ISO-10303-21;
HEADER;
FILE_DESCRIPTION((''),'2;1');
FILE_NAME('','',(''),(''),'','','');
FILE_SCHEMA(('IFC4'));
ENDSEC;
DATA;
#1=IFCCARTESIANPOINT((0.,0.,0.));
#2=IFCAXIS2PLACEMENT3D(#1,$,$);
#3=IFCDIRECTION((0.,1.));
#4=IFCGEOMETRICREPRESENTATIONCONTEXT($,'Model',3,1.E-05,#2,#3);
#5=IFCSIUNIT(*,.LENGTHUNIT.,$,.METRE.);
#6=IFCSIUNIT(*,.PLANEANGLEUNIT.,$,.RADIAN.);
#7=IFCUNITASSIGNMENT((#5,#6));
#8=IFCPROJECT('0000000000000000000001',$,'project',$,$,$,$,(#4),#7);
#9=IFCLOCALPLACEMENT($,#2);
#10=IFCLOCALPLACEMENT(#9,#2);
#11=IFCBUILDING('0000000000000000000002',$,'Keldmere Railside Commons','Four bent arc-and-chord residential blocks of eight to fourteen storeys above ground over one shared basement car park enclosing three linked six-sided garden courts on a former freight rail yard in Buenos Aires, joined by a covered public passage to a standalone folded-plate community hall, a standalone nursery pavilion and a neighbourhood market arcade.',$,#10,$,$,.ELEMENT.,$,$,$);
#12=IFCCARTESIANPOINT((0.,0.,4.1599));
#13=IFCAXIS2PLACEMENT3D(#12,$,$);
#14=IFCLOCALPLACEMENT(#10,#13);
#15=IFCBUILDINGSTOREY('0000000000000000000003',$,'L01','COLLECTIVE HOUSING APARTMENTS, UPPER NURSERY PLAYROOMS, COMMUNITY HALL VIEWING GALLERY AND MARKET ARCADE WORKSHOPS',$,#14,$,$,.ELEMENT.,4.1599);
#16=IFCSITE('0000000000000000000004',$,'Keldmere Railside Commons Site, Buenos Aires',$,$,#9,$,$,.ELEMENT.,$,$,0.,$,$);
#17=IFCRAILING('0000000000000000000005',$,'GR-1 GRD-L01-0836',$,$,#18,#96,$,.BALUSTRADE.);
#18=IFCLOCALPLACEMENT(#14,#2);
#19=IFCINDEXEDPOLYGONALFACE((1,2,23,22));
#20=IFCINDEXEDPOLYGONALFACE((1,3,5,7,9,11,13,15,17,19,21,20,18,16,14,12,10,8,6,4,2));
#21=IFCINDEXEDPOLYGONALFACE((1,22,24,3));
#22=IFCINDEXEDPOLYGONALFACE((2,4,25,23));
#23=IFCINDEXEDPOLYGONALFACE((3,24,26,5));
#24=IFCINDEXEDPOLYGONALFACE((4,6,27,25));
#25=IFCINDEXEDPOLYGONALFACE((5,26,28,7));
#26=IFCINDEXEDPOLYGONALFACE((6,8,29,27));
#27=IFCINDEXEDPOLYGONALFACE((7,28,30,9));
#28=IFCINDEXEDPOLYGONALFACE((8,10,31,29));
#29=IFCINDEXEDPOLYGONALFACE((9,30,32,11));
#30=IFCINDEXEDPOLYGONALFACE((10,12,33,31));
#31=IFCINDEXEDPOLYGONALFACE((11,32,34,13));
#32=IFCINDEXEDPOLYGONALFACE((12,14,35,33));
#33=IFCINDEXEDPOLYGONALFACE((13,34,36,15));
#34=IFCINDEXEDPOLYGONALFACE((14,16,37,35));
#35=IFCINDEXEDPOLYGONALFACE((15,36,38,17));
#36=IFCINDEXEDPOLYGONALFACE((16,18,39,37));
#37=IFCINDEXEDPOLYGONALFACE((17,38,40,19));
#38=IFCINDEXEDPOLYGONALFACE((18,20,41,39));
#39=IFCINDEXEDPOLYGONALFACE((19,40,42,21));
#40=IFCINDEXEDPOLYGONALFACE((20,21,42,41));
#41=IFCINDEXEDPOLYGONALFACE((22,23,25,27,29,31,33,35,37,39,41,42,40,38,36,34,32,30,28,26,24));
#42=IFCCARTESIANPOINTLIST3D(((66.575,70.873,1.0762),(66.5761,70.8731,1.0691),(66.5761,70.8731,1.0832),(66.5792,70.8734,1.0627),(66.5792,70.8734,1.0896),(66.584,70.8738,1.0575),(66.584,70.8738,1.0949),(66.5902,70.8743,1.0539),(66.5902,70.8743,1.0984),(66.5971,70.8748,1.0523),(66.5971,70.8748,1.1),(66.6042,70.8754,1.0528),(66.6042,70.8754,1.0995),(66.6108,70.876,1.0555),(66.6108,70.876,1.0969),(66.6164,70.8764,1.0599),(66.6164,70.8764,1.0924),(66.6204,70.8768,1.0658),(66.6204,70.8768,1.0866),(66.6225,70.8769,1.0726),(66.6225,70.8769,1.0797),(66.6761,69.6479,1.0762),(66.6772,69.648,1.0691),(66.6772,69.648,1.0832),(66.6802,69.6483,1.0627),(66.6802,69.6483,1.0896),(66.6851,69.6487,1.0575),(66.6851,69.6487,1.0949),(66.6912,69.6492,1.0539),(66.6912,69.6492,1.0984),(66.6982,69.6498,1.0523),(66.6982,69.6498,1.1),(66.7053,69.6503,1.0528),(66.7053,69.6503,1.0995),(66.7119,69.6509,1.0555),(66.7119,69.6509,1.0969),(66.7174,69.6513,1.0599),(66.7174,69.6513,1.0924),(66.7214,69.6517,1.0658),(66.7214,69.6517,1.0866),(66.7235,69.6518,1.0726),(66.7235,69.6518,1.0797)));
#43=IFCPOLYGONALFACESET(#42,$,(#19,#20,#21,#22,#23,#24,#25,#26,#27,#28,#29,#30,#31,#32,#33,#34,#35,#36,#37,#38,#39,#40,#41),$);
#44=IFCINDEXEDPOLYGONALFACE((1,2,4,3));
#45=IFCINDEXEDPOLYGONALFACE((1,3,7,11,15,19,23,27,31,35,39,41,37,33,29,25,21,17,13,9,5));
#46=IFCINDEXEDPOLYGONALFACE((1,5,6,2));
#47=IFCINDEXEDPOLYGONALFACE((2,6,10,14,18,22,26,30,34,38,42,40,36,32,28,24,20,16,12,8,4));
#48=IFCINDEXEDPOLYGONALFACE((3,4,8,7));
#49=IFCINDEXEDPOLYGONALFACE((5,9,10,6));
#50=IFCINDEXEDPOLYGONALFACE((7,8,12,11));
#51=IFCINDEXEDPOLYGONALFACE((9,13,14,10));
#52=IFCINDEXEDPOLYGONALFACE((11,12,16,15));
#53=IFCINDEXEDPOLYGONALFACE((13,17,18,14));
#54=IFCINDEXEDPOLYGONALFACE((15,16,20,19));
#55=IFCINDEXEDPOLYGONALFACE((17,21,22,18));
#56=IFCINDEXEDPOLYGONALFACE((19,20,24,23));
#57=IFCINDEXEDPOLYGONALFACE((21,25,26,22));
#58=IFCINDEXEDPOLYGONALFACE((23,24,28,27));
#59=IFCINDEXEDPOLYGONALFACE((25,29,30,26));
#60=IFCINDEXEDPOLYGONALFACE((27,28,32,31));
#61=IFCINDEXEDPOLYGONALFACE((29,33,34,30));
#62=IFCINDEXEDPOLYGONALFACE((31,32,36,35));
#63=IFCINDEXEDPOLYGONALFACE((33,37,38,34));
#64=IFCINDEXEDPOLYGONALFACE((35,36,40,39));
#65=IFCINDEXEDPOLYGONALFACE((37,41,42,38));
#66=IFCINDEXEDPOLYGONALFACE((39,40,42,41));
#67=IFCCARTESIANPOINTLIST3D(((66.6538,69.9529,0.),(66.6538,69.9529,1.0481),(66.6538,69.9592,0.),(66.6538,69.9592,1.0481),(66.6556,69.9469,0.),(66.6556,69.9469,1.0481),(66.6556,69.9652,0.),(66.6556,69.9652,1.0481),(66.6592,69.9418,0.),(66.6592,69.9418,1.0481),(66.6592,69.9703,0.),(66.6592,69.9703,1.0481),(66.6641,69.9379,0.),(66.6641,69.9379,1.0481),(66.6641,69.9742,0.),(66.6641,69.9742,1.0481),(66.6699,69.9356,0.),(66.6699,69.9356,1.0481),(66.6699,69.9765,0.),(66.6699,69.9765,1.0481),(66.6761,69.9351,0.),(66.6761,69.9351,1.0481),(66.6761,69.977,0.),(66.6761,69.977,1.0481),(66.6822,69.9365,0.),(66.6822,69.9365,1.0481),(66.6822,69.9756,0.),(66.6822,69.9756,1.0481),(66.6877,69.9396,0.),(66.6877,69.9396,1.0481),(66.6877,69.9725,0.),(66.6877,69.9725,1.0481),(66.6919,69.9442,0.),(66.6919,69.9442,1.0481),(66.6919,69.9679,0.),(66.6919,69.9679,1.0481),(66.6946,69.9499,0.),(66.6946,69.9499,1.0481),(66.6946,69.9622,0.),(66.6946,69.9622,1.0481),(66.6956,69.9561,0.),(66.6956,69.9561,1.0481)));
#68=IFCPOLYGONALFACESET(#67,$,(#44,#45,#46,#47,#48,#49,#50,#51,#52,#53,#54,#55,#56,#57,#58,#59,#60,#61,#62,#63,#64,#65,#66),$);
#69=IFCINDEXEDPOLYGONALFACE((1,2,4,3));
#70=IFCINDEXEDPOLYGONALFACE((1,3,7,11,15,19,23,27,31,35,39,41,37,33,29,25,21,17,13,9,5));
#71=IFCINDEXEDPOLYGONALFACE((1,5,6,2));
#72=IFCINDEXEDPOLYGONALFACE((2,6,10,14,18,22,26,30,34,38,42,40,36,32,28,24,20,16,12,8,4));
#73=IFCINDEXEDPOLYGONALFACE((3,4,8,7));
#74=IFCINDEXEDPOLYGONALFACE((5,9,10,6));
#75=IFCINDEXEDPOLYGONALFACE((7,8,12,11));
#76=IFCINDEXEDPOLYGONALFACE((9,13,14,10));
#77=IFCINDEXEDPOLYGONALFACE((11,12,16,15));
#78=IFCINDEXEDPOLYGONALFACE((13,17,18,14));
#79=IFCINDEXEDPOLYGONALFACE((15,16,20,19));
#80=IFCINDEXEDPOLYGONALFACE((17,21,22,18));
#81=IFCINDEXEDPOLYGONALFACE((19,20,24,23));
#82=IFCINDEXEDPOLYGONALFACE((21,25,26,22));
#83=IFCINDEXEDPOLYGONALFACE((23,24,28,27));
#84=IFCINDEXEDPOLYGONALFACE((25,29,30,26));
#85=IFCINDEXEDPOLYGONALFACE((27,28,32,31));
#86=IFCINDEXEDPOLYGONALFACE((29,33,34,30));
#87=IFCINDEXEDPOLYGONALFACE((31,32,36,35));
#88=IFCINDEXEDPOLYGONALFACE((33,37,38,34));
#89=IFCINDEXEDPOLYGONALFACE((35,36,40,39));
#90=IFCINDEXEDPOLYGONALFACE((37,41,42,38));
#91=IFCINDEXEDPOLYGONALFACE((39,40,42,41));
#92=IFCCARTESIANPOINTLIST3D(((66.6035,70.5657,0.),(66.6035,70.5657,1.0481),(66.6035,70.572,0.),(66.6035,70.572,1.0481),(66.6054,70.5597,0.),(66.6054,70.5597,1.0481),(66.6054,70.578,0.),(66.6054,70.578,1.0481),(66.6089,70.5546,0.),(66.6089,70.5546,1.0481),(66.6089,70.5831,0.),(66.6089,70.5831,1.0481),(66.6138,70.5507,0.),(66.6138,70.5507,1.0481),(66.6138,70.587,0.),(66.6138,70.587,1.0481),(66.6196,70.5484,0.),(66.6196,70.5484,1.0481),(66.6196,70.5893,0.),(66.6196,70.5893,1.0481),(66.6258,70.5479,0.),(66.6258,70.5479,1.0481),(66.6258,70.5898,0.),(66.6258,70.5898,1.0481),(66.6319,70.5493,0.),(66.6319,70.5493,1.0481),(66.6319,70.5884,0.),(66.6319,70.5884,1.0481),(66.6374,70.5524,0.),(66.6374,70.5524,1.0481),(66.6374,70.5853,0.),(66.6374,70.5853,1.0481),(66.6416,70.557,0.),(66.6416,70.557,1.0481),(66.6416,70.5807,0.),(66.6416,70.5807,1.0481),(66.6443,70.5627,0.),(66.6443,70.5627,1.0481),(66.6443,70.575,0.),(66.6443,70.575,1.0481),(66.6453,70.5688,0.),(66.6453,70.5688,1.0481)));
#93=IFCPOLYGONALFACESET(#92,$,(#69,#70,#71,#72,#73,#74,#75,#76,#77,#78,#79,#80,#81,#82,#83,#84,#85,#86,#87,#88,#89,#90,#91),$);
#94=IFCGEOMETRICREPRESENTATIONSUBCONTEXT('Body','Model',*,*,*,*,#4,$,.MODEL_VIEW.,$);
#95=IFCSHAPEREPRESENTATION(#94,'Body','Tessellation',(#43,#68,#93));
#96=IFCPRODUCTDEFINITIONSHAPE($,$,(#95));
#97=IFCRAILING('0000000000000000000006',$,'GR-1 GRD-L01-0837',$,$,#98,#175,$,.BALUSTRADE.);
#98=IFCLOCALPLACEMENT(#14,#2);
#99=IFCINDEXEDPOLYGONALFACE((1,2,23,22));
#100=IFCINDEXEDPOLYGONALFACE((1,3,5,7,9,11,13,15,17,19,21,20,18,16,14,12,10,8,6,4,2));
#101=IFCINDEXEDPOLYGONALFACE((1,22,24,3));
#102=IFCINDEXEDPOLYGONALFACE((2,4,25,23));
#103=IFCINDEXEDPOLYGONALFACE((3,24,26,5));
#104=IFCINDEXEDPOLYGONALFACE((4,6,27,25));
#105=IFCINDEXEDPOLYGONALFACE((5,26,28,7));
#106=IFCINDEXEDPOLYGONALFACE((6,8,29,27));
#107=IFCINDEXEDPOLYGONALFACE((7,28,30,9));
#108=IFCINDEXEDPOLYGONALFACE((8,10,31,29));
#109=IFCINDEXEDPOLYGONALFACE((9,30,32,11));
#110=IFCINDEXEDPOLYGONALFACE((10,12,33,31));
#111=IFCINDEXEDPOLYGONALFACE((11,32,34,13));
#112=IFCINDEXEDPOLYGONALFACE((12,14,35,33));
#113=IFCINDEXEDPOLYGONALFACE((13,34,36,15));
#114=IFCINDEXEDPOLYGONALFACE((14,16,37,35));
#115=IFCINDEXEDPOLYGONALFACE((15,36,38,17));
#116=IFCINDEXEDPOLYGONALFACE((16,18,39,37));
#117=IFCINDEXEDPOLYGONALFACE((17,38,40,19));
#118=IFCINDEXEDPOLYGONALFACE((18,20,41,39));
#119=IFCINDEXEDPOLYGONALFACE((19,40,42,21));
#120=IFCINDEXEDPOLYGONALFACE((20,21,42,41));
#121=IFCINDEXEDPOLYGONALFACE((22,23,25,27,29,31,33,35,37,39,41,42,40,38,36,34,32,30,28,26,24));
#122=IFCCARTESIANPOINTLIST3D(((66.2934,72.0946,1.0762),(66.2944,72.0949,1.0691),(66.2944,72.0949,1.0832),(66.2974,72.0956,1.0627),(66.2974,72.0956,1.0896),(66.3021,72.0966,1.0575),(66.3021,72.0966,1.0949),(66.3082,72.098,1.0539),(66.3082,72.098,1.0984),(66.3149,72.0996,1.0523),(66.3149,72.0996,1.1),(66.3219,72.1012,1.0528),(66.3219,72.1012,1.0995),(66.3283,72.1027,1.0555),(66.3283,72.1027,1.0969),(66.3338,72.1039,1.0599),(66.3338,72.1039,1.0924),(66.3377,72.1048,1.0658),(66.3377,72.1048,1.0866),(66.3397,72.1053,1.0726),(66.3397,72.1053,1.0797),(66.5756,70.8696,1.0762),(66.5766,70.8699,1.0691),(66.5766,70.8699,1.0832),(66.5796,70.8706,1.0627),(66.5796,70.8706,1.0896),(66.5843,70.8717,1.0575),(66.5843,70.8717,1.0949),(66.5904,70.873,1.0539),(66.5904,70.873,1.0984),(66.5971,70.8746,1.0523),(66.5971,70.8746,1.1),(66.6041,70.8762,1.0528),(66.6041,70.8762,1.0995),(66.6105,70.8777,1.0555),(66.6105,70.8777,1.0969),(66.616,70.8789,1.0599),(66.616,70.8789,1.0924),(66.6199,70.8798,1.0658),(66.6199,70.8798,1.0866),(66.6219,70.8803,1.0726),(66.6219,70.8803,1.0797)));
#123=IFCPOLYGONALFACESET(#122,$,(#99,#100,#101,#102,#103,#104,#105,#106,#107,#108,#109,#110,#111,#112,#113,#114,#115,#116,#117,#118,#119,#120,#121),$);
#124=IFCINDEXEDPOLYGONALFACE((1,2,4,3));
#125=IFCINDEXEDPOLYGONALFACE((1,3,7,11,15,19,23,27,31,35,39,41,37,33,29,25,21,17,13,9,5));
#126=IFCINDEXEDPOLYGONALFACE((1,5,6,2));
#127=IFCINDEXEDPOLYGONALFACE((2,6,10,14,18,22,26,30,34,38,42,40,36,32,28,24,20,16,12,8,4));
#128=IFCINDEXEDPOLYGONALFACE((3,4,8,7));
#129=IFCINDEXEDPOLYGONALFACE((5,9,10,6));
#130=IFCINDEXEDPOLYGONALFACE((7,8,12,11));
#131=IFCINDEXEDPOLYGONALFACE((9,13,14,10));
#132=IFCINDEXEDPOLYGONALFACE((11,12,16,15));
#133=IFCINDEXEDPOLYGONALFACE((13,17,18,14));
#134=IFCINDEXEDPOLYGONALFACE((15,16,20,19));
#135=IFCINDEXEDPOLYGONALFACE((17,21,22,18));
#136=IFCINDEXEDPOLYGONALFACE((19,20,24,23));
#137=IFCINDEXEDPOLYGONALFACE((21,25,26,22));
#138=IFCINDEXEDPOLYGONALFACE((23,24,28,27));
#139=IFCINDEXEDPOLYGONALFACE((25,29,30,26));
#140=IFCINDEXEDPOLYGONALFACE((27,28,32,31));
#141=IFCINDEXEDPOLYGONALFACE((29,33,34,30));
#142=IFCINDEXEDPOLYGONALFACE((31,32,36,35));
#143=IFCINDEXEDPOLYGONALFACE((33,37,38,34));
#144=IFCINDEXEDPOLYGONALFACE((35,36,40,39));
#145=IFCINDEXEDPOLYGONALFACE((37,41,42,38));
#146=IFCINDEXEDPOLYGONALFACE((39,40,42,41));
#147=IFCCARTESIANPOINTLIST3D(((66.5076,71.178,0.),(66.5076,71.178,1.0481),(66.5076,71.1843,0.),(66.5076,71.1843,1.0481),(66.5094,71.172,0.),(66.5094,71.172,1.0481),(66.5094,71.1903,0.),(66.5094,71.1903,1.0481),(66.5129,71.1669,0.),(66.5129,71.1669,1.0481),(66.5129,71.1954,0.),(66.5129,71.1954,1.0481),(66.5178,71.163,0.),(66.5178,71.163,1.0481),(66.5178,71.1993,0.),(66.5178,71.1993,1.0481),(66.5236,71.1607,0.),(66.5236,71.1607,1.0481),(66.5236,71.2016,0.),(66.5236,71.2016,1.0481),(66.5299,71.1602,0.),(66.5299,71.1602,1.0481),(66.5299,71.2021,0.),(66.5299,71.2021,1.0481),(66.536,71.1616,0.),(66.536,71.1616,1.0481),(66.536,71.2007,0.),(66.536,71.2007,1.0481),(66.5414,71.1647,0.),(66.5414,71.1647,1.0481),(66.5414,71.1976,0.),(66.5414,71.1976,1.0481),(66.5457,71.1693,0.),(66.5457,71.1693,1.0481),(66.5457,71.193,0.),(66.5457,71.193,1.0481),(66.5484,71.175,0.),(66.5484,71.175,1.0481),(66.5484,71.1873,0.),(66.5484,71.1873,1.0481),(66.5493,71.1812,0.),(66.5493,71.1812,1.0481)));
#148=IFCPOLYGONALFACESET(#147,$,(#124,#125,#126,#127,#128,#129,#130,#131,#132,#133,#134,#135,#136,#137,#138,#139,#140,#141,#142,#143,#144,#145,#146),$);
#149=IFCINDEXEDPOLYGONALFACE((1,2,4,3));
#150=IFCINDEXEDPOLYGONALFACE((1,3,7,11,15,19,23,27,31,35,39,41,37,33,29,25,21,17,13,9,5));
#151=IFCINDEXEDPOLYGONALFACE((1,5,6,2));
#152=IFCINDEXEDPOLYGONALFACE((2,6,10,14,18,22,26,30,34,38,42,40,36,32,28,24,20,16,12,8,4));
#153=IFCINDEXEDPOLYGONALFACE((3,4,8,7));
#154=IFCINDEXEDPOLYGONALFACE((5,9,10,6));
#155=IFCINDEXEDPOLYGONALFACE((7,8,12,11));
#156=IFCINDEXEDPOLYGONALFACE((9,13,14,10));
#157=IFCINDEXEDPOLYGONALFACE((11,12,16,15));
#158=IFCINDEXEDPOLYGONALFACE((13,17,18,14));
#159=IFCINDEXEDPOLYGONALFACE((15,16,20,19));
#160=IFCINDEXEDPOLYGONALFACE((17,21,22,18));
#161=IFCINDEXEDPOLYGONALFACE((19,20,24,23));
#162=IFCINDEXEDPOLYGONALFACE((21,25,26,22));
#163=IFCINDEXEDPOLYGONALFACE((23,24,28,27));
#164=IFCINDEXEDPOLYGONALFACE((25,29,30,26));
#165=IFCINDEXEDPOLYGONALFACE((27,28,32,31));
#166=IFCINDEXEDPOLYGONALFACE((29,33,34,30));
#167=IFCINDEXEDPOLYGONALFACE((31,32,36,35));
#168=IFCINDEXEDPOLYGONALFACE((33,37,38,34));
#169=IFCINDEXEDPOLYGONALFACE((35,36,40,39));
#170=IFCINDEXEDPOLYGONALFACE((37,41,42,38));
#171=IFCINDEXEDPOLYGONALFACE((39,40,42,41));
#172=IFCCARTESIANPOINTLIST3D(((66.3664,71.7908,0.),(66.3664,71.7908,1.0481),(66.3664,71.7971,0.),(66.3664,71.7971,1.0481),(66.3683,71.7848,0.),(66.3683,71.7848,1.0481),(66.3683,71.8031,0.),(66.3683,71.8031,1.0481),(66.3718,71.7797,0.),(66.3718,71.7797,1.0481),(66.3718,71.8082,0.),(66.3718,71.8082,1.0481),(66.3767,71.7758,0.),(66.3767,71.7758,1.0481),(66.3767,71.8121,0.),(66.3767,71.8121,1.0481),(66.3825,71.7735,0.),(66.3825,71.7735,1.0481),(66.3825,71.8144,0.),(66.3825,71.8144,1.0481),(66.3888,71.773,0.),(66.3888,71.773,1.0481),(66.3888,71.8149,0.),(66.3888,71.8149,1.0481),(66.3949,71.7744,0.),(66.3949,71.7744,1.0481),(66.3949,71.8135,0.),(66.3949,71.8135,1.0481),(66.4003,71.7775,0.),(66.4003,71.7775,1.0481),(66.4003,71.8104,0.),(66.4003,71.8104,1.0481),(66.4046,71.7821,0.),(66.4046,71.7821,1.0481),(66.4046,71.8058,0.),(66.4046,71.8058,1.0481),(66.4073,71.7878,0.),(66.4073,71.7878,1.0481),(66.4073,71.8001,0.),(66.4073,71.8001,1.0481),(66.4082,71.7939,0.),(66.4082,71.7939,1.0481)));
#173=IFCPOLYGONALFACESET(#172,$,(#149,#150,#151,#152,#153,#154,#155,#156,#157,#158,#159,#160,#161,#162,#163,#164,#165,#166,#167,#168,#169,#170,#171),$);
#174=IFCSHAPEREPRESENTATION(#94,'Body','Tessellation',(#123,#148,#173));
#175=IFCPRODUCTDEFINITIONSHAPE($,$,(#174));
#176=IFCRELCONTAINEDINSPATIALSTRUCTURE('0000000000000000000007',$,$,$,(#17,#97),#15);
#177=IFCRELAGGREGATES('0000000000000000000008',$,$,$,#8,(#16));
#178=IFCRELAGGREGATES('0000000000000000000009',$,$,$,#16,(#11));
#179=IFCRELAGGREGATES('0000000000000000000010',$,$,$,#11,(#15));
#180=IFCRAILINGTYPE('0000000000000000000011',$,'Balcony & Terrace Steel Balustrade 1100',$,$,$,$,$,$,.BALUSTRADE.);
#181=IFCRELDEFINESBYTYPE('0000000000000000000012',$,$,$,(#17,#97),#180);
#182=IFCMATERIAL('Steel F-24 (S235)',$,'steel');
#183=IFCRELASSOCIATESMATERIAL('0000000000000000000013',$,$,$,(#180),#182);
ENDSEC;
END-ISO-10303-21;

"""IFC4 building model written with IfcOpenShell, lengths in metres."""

from ifc_helpers import new_model, si_unit, direction, frame, origin, origin_2d, place, context, subcontext, project, spatial, circle, extrude, material, type_object, element, save


model = new_model("IFC4")

# Units and contexts
model_context = context("Model", 3, precision=1e-05, world=origin(), true_north=direction((0.0, 1.0)))
body_context = subcontext(model_context, "Body", "Model", "MODEL_VIEW")
ifc_project = project(units=[si_unit("LENGTHUNIT", "METRE"), si_unit("PLANEANGLEUNIT", "RADIAN")], contexts=[model_context])

# Site, building, storey
site_placement = place(None, origin())
site = spatial("IfcSite", under=ifc_project, at=site_placement, Name="Keldmere Railside Commons Site, Buenos Aires", CompositionType="ELEMENT", RefElevation=0.0)
building_placement = place(site_placement, origin())
building = spatial("IfcBuilding", under=site, at=building_placement, Name="Keldmere Railside Commons", Description="Four bent arc-and-chord residential blocks of eight to fourteen storeys above ground over one shared basement car park enclosing three linked six-sided garden courts on a former freight rail yard in Buenos Aires, joined by a covered public passage to a standalone folded-plate community hall, a standalone nursery pavilion and a neighbourhood market arcade.", CompositionType="ELEMENT")
storey_placement = place(building_placement, frame((0.0, 0.0, 4.1599)))
storey = spatial("IfcBuildingStorey", under=building, at=storey_placement, Name="L01", Description="COLLECTIVE HOUSING APARTMENTS, UPPER NURSERY PLAYROOMS, COMMUNITY HALL VIEWING GALLERY AND MARKET ARCADE WORKSHOPS", CompositionType="ELEMENT", Elevation=4.1599)

# Railings
ifc_material_1 = material(Name="Steel F-24 (S235)", Category="steel")
railing_type = type_object("IfcRailingType", Name="Balcony & Terrace Steel Balustrade 1100", PredefinedType="BALUSTRADE", material=ifc_material_1)
railing_1_placement = place(storey_placement, frame((66.7, 69.6499, 0.0)))
element("IfcRailing", 1, at=railing_1_placement, inside=storey, type_object=railing_type, Name="GR-1 GRD-L01-0836", PredefinedType="BALUSTRADE", context=body_context, shape_type="SweptSolid", body=[
    extrude(circle(Radius=0.0239, at=origin_2d()), frame((0.0, 0.0, 1.0762), z_axis=(-0.082224, 0.996614, 0.0), x_axis=(-0.996614, -0.082224, 0.0)), (0.0, 0.0, 1.0), 1.2292),
    extrude(circle(Radius=0.021, at=origin_2d()), frame((-0.0254, 0.3062, 0.0)), (0.0, 0.0, 1.0), 1.0481),
    extrude(circle(Radius=0.021, at=origin_2d()), frame((-0.0757, 0.9189, 0.0)), (0.0, 0.0, 1.0), 1.0481),
])
railing_2_placement = place(storey_placement, frame((66.5989, 70.875, 0.0)))
element("IfcRailing", 2, at=railing_2_placement, inside=storey, type_object=railing_type, Name="GR-1 GRD-L01-0837", PredefinedType="BALUSTRADE", context=body_context, shape_type="SweptSolid", body=[
    extrude(circle(Radius=0.0239, at=origin_2d()), frame((0.0, 0.0, 1.0762), z_axis=(-0.224491, 0.974476, 0.0), x_axis=(-0.974476, -0.224491, 0.0)), (0.0, 0.0, 1.0), 1.2571),
    extrude(circle(Radius=0.021, at=origin_2d()), frame((-0.0706, 0.3062, 0.0)), (0.0, 0.0, 1.0), 1.0481),
    extrude(circle(Radius=0.021, at=origin_2d()), frame((-0.2117, 0.9189, 0.0)), (0.0, 0.0, 1.0), 1.0481),
])

save(model, "model.ifc")
